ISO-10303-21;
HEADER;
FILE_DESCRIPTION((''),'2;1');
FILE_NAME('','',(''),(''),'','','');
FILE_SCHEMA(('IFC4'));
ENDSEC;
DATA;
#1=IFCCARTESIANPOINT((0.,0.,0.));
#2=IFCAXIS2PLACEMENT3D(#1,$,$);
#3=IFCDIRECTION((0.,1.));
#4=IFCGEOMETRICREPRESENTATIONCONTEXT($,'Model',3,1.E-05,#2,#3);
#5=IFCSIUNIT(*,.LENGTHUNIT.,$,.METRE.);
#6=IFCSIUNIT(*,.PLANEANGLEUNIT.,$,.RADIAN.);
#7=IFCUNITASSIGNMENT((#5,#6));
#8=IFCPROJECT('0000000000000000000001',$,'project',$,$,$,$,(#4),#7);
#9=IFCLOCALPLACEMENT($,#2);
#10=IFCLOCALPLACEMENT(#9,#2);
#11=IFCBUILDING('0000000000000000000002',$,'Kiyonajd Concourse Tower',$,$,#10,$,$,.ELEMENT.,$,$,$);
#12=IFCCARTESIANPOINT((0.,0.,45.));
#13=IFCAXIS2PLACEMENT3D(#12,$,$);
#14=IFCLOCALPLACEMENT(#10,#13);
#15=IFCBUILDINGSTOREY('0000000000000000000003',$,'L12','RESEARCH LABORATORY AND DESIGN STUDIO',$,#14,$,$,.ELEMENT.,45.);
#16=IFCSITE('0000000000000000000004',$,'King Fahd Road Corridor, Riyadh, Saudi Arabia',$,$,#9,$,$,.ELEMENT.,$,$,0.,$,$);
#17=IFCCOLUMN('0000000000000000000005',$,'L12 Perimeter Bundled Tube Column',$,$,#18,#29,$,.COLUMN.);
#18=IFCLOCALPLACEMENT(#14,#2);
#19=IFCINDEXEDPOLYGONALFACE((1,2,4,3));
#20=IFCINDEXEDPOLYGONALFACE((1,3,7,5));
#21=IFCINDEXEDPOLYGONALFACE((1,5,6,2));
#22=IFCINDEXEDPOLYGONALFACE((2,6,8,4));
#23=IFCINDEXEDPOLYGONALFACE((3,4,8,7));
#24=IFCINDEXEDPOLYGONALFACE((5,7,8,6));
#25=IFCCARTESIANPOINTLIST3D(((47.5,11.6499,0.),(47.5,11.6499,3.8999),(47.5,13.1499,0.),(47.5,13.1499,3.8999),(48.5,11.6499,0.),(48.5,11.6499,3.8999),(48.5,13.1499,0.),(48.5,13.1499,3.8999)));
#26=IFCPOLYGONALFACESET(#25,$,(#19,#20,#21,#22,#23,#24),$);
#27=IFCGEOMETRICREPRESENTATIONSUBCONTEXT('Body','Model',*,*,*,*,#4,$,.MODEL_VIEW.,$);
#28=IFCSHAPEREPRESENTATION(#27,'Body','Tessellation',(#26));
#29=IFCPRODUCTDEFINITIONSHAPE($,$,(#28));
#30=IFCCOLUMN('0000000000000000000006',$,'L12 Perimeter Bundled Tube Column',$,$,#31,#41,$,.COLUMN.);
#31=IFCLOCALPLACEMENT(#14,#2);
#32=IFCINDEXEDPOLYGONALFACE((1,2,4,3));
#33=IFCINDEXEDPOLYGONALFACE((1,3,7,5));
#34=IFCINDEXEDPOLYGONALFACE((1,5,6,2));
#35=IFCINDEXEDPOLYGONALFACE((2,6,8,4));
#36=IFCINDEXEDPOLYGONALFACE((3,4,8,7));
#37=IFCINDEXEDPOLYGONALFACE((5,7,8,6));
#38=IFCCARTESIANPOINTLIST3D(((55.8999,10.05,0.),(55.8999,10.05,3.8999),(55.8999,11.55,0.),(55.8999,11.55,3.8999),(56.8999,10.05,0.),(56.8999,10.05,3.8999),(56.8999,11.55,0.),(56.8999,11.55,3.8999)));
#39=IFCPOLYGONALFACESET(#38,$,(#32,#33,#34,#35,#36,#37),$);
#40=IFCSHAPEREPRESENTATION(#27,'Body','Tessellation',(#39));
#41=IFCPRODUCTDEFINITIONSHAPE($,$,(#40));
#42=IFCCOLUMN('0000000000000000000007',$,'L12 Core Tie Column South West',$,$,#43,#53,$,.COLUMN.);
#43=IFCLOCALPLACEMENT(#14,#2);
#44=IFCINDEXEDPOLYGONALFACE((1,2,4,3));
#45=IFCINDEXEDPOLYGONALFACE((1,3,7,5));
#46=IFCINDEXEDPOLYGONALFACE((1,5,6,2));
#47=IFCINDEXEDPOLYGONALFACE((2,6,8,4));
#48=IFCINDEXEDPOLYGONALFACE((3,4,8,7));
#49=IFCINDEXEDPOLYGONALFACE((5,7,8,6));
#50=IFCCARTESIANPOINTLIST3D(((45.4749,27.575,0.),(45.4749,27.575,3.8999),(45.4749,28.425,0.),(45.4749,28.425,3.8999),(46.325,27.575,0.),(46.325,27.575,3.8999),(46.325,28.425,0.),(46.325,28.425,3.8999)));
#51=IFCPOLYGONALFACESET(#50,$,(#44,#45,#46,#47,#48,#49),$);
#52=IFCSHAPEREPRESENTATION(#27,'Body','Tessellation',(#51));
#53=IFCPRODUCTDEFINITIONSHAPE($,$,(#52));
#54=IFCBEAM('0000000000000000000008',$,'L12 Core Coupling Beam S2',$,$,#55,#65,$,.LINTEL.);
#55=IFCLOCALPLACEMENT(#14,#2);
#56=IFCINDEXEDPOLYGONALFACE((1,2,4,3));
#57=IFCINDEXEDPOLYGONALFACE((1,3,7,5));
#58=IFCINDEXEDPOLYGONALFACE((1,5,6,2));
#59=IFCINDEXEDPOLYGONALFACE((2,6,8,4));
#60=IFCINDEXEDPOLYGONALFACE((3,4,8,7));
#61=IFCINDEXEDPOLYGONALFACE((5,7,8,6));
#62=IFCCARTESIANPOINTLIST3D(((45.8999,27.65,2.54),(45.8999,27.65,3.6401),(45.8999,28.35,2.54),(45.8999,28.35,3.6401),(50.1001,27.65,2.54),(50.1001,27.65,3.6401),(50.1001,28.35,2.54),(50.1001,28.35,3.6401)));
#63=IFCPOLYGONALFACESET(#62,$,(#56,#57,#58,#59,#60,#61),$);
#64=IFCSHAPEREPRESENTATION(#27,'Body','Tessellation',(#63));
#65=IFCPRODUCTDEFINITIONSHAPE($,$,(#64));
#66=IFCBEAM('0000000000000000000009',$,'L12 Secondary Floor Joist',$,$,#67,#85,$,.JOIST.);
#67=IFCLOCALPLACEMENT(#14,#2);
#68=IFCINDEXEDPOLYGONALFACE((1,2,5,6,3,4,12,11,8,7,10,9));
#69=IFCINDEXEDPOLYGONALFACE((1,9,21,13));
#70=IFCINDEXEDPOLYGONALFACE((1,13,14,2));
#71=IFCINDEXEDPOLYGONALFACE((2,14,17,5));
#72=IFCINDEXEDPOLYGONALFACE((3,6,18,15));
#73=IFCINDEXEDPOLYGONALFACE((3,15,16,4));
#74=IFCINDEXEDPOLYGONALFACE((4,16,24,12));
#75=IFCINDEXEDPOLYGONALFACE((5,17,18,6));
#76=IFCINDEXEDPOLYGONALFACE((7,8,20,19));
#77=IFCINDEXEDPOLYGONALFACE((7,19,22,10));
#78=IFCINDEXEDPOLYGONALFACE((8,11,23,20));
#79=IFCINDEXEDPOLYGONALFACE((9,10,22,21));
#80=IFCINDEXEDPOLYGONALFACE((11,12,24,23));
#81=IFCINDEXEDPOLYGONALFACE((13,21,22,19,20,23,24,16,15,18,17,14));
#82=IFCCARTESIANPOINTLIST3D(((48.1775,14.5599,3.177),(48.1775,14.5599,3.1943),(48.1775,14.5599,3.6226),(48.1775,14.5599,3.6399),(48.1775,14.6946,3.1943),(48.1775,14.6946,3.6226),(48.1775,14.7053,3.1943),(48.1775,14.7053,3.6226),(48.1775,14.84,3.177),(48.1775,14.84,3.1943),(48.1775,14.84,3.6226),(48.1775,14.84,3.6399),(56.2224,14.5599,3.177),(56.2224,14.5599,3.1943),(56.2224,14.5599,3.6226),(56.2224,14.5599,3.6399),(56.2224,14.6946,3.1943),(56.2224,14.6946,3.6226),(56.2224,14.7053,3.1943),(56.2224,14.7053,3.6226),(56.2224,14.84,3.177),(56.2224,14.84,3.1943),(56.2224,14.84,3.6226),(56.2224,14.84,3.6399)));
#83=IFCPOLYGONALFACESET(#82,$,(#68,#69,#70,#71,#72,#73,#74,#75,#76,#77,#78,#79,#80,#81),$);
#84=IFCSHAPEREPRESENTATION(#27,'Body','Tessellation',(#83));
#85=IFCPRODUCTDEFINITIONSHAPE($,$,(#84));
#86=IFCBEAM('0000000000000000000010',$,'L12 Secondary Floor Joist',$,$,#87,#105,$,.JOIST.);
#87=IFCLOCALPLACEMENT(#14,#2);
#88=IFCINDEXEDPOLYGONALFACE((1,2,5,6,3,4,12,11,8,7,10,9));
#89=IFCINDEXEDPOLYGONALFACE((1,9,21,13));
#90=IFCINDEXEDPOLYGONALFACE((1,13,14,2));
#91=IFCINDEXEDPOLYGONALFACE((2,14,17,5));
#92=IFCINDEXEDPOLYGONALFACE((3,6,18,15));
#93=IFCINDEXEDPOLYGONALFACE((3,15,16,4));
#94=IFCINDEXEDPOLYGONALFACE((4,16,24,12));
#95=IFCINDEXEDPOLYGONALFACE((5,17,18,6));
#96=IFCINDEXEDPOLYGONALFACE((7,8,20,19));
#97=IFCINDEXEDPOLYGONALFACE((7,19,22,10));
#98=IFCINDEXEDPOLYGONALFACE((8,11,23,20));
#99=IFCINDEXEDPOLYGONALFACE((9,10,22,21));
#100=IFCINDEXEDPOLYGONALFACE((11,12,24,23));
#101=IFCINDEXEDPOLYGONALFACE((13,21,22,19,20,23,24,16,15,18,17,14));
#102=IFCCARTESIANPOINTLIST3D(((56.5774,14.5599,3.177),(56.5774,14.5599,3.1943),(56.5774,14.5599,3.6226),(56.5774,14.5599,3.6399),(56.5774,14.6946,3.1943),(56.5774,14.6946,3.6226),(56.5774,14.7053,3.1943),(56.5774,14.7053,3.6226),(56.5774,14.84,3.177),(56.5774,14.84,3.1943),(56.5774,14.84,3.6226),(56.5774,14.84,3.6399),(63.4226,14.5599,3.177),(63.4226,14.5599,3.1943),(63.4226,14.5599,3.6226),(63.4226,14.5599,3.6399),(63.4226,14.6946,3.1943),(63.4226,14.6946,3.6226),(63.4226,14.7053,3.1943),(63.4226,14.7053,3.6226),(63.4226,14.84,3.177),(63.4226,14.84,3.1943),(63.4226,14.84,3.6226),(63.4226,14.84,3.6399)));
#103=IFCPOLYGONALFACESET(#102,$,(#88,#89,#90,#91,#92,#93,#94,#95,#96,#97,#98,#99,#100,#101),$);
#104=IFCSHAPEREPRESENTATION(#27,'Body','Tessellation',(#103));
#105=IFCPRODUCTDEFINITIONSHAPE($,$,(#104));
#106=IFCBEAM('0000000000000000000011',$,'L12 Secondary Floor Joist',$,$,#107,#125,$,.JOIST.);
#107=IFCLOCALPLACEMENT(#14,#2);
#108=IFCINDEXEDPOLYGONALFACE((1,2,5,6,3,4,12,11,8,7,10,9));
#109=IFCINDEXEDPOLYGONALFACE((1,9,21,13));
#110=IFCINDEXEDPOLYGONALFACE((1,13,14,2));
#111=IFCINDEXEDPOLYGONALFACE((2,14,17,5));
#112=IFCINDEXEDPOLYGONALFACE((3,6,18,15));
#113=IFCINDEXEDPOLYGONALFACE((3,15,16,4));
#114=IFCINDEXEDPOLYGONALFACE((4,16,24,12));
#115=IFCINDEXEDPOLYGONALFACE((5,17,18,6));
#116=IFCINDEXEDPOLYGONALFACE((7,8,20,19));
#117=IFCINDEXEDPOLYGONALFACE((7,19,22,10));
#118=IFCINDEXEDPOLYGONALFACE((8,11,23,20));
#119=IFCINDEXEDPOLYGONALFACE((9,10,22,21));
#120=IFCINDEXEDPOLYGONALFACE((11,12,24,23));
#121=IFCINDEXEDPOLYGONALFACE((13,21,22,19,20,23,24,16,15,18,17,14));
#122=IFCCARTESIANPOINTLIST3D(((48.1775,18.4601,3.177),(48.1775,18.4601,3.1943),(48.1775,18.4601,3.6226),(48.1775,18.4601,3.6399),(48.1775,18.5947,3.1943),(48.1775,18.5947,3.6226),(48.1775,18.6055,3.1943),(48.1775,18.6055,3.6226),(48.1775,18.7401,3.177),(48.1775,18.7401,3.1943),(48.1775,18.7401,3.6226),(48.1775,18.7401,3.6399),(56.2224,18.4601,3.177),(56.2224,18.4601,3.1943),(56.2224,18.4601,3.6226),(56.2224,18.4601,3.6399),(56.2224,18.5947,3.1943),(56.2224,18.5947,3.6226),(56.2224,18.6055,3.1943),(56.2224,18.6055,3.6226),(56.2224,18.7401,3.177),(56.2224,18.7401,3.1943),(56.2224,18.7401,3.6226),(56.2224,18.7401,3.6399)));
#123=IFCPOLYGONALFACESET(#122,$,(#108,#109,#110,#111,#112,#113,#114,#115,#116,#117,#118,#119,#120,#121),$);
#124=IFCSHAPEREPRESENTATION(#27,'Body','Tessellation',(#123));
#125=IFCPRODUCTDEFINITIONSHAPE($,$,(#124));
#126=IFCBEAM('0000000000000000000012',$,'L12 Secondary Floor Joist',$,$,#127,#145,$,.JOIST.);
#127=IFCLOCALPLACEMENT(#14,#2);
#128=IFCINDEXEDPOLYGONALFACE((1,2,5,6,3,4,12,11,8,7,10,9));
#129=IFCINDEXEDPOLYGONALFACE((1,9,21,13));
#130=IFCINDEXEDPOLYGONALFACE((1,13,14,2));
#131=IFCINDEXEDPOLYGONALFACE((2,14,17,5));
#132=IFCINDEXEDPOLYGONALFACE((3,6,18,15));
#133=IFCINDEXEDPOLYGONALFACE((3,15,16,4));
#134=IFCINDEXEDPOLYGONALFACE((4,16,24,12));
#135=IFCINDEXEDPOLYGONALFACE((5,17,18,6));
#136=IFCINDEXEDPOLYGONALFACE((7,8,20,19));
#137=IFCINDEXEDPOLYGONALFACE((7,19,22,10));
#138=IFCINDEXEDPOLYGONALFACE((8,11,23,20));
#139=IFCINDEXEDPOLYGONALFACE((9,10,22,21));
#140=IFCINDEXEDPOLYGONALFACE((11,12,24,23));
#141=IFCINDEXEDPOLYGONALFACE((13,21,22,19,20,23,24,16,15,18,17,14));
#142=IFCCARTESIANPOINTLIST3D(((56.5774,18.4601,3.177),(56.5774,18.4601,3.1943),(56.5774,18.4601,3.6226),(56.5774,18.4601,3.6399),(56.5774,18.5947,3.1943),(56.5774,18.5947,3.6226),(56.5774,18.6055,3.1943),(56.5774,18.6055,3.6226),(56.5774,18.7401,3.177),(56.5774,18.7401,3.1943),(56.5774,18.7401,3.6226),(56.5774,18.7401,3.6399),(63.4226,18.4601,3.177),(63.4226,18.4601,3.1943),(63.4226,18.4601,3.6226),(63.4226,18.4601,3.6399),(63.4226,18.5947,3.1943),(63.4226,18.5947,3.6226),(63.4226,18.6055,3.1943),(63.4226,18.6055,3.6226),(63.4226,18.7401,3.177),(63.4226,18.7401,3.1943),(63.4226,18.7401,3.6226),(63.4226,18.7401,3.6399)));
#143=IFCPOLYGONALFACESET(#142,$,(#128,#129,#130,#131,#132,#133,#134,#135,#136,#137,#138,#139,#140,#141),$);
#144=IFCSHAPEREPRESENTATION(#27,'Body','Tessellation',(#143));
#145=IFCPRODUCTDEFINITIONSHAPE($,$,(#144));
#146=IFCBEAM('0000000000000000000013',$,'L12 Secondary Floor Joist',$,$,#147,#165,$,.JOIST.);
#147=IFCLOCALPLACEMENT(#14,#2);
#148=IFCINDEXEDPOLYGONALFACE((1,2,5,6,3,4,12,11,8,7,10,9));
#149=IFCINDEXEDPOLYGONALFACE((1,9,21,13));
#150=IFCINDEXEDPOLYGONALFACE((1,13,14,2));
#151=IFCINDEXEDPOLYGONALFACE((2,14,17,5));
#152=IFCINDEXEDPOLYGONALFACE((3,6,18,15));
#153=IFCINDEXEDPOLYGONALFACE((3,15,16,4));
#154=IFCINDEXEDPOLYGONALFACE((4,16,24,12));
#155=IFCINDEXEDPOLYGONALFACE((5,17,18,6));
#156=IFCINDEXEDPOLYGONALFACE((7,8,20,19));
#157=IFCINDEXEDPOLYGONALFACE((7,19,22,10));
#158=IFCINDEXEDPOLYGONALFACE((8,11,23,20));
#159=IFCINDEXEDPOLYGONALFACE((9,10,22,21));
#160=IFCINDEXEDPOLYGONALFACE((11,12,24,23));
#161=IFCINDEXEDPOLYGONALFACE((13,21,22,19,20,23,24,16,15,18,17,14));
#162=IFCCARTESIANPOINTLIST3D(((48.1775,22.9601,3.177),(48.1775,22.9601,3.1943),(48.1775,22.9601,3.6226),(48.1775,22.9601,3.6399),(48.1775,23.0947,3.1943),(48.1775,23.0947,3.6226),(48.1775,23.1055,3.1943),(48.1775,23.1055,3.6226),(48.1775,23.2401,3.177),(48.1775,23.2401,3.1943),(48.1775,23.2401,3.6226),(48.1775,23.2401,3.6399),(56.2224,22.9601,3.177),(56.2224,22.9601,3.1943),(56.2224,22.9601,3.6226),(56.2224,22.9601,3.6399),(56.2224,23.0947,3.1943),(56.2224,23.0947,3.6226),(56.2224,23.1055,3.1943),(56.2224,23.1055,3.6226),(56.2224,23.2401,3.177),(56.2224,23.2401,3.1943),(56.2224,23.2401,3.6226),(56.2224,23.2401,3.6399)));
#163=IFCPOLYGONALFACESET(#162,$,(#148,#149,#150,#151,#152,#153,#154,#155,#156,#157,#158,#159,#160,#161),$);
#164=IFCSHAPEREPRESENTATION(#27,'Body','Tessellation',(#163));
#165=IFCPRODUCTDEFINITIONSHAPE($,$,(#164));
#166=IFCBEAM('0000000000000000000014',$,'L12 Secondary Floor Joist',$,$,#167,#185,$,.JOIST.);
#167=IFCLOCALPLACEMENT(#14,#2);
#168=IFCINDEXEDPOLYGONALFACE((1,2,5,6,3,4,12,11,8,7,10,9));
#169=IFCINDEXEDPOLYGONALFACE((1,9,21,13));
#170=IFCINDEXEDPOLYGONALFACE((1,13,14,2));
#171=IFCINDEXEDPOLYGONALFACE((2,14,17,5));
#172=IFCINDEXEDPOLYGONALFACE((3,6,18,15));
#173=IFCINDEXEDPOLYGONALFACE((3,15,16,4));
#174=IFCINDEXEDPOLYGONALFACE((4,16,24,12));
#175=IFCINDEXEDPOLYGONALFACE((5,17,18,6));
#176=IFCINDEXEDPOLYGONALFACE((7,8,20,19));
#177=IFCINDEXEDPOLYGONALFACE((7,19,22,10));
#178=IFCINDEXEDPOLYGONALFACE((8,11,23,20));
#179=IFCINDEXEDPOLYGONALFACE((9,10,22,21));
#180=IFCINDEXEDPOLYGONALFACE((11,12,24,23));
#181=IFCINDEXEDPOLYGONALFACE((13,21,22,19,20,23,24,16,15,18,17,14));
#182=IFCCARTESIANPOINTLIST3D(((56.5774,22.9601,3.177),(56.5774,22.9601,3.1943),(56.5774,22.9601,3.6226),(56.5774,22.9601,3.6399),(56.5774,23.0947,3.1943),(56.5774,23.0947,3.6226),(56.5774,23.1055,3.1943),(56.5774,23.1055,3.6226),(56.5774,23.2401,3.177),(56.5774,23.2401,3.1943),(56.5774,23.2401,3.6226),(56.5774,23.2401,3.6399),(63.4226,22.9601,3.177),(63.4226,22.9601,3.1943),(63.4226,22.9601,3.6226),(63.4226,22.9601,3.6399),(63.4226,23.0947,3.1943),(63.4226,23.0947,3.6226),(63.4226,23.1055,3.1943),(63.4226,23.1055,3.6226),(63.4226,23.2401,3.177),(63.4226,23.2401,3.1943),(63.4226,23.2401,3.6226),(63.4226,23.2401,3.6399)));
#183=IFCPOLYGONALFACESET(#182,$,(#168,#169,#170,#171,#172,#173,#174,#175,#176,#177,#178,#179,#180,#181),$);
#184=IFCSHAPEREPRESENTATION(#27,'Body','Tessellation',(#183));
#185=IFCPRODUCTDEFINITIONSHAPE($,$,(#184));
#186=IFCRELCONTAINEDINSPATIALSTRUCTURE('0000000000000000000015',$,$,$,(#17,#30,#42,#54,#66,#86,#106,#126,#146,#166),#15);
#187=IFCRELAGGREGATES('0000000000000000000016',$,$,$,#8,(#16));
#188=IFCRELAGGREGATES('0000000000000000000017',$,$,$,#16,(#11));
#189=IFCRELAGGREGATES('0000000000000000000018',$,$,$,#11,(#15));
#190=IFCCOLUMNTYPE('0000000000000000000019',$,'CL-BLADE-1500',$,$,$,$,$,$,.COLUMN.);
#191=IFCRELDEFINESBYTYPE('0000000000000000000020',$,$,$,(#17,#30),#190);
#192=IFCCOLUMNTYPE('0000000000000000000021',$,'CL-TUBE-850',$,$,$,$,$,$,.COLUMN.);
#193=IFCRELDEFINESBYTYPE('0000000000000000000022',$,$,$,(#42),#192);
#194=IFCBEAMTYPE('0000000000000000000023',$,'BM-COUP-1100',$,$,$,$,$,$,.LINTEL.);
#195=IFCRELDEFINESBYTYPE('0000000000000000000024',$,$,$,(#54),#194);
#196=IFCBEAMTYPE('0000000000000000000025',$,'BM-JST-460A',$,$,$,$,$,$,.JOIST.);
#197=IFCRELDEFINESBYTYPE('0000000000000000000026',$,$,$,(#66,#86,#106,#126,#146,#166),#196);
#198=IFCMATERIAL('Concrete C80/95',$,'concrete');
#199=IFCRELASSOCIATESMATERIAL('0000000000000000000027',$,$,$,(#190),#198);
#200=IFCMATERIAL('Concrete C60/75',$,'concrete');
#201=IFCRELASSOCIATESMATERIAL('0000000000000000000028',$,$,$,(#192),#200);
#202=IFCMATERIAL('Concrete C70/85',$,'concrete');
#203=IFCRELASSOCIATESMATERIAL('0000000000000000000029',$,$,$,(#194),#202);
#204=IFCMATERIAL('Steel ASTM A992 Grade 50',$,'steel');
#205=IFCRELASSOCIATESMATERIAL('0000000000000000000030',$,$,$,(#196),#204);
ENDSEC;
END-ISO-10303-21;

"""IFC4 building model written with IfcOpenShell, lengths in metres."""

from ifc_helpers import new_model, si_unit, direction, frame, origin, origin_2d, place, context, subcontext, project, spatial, rectangle, i_section, extrude, material, material_profile, profile_set, type_object, element, save


model = new_model("IFC4")

# Units and contexts
model_context = context("Model", 3, precision=1e-05, world=origin(), true_north=direction((0.0, 1.0)))
body_context = subcontext(model_context, "Body", "Model", "MODEL_VIEW")
ifc_project = project(units=[si_unit("LENGTHUNIT", "METRE"), si_unit("PLANEANGLEUNIT", "RADIAN")], contexts=[model_context])

# Site, building, storey
site_placement = place(None, origin())
site = spatial("IfcSite", under=ifc_project, at=site_placement, Name="King Fahd Road Corridor, Riyadh, Saudi Arabia", CompositionType="ELEMENT", RefElevation=0.0)
building_placement = place(site_placement, origin())
building = spatial("IfcBuilding", under=site, at=building_placement, Name="Kiyonajd Concourse Tower", CompositionType="ELEMENT")
storey_placement = place(building_placement, frame((0.0, 0.0, 45.0)))
storey = spatial("IfcBuildingStorey", under=building, at=storey_placement, Name="L12", Description="RESEARCH LABORATORY AND DESIGN STUDIO", CompositionType="ELEMENT", Elevation=45.0)

# Columns
ifc_material_1 = material(Name="Concrete C80/95", Category="concrete")
ifc_material_profile_1 = material_profile(ifc_material_1, rectangle(XDim=1.0, YDim=1.5, at=origin_2d()), Name="RC-1500x1000")
ifc_profile_set_1 = profile_set([ifc_material_profile_1], Name="Concrete C80/95")
column_type_1 = type_object("IfcColumnType", Name="CL-BLADE-1500", PredefinedType="COLUMN", material=ifc_profile_set_1)
for number, where, z_axis, x_axis, name in (
    (1, (48.0, 12.3999, 0.0), (0.0, 0.0, 1.0), (1.0, 0.0, 0.0), "L12 Perimeter Bundled Tube Column"),
    (2, (56.3999, 10.8, 0.0), (0.0, 0.0, 1.0), (1.0, 0.0, 0.0), "L12 Perimeter Bundled Tube Column"),
):
    element("IfcColumn", number, at=place(storey_placement, frame(where, z_axis=z_axis, x_axis=x_axis)), inside=storey, type_object=column_type_1, Name=name, PredefinedType="COLUMN", context=body_context, shape_type="SweptSolid", body=[
        extrude(rectangle(XDim=1.0, YDim=1.5, at=origin_2d()), origin(), (0.0, 0.0, 1.0), 3.8999),
    ])
ifc_material_2 = material(Name="Concrete C60/75", Category="concrete")
ifc_material_profile_2 = material_profile(ifc_material_2, rectangle(XDim=0.8501, YDim=0.8501, at=origin_2d()), Name="RC-850x850")
ifc_profile_set_2 = profile_set([ifc_material_profile_2], Name="Concrete C60/75")
column_type_2 = type_object("IfcColumnType", Name="CL-TUBE-850", PredefinedType="COLUMN", material=ifc_profile_set_2)
column_placement = place(storey_placement, frame((45.8999, 28.0, 0.0), z_axis=(0.0, 0.0, 1.0), x_axis=(1.0, 0.0, 0.0)))
element("IfcColumn", 3, at=column_placement, inside=storey, type_object=column_type_2, Name="L12 Core Tie Column South West", PredefinedType="COLUMN", context=body_context, shape_type="SweptSolid", body=[
    extrude(rectangle(XDim=0.8501, YDim=0.8501, at=origin_2d()), origin(), (0.0, 0.0, 1.0), 3.8999),
])

# Beams
ifc_material_3 = material(Name="Concrete C70/85", Category="concrete")
ifc_material_profile_3 = material_profile(ifc_material_3, rectangle(XDim=0.7, YDim=1.1001, at=origin_2d()), Name="RCBM-700x1100")
ifc_profile_set_3 = profile_set([ifc_material_profile_3], Name="Concrete C70/85")
beam_type_1 = type_object("IfcBeamType", Name="BM-COUP-1100", PredefinedType="LINTEL", material=ifc_profile_set_3)
beam_1_placement = place(storey_placement, frame((45.8999, 28.0, 3.0901), z_axis=(1.0, 0.0, 0.0), x_axis=(0.0, 1.0, 0.0)))
element("IfcBeam", 4, at=beam_1_placement, inside=storey, type_object=beam_type_1, Name="L12 Core Coupling Beam S2", PredefinedType="LINTEL", context=body_context, shape_type="SweptSolid", body=[
    extrude(rectangle(XDim=0.7, YDim=1.1001, at=origin_2d()), origin(), (0.0, 0.0, 1.0), 4.2002),
])
ifc_material_4 = material(Name="Steel ASTM A992 Grade 50", Category="steel")
ifc_material_profile_4 = material_profile(ifc_material_4, i_section(OverallWidth=0.28, OverallDepth=0.4629, WebThickness=0.0107, FlangeThickness=0.0173, at=origin_2d()), Name="W460X113")
ifc_profile_set_4 = profile_set([ifc_material_profile_4], Name="Steel ASTM A992 Grade 50")
beam_type_2 = type_object("IfcBeamType", Name="BM-JST-460A", PredefinedType="JOIST", material=ifc_profile_set_4)
beam_2_placement = place(storey_placement, frame((48.1775, 14.7, 3.4084), z_axis=(1.0, 0.0, 0.0), x_axis=(0.0, 1.0, 0.0)))
element("IfcBeam", 5, at=beam_2_placement, inside=storey, type_object=beam_type_2, Name="L12 Secondary Floor Joist", PredefinedType="JOIST", context=body_context, shape_type="SweptSolid", body=[
    extrude(i_section(OverallWidth=0.28, OverallDepth=0.4629, WebThickness=0.0107, FlangeThickness=0.0173, at=origin_2d()), origin(), (0.0, 0.0, 1.0), 8.0449),
])
beam_3_placement = place(storey_placement, frame((56.5774, 14.7, 3.4084), z_axis=(1.0, 0.0, 0.0), x_axis=(0.0, 1.0, 0.0)))
element("IfcBeam", 6, at=beam_3_placement, inside=storey, type_object=beam_type_2, Name="L12 Secondary Floor Joist", PredefinedType="JOIST", context=body_context, shape_type="SweptSolid", body=[
    extrude(i_section(OverallWidth=0.28, OverallDepth=0.4629, WebThickness=0.0107, FlangeThickness=0.0173, at=origin_2d()), origin(), (0.0, 0.0, 1.0), 6.8452),
])
beam_4_placement = place(storey_placement, frame((48.1775, 18.6001, 3.4084), z_axis=(1.0, 0.0, 0.0), x_axis=(0.0, 1.0, 0.0)))
element("IfcBeam", 7, at=beam_4_placement, inside=storey, type_object=beam_type_2, Name="L12 Secondary Floor Joist", PredefinedType="JOIST", context=body_context, shape_type="SweptSolid", body=[
    extrude(i_section(OverallWidth=0.28, OverallDepth=0.4629, WebThickness=0.0107, FlangeThickness=0.0173, at=origin_2d()), origin(), (0.0, 0.0, 1.0), 8.0449),
])
beam_5_placement = place(storey_placement, frame((56.5774, 18.6001, 3.4084), z_axis=(1.0, 0.0, 0.0), x_axis=(0.0, 1.0, 0.0)))
element("IfcBeam", 8, at=beam_5_placement, inside=storey, type_object=beam_type_2, Name="L12 Secondary Floor Joist", PredefinedType="JOIST", context=body_context, shape_type="SweptSolid", body=[
    extrude(i_section(OverallWidth=0.28, OverallDepth=0.4629, WebThickness=0.0107, FlangeThickness=0.0173, at=origin_2d()), origin(), (0.0, 0.0, 1.0), 6.8452),
])
beam_6_placement = place(storey_placement, frame((48.1775, 23.1001, 3.4084), z_axis=(1.0, 0.0, 0.0), x_axis=(0.0, 1.0, 0.0)))
element("IfcBeam", 9, at=beam_6_placement, inside=storey, type_object=beam_type_2, Name="L12 Secondary Floor Joist", PredefinedType="JOIST", context=body_context, shape_type="SweptSolid", body=[
    extrude(i_section(OverallWidth=0.28, OverallDepth=0.4629, WebThickness=0.0107, FlangeThickness=0.0173, at=origin_2d()), origin(), (0.0, 0.0, 1.0), 8.0449),
])
beam_7_placement = place(storey_placement, frame((56.5774, 23.1001, 3.4084), z_axis=(1.0, 0.0, 0.0), x_axis=(0.0, 1.0, 0.0)))
element("IfcBeam", 10, at=beam_7_placement, inside=storey, type_object=beam_type_2, Name="L12 Secondary Floor Joist", PredefinedType="JOIST", context=body_context, shape_type="SweptSolid", body=[
    extrude(i_section(OverallWidth=0.28, OverallDepth=0.4629, WebThickness=0.0107, FlangeThickness=0.0173, at=origin_2d()), origin(), (0.0, 0.0, 1.0), 6.8452),
])

save(model, "model.ifc")
